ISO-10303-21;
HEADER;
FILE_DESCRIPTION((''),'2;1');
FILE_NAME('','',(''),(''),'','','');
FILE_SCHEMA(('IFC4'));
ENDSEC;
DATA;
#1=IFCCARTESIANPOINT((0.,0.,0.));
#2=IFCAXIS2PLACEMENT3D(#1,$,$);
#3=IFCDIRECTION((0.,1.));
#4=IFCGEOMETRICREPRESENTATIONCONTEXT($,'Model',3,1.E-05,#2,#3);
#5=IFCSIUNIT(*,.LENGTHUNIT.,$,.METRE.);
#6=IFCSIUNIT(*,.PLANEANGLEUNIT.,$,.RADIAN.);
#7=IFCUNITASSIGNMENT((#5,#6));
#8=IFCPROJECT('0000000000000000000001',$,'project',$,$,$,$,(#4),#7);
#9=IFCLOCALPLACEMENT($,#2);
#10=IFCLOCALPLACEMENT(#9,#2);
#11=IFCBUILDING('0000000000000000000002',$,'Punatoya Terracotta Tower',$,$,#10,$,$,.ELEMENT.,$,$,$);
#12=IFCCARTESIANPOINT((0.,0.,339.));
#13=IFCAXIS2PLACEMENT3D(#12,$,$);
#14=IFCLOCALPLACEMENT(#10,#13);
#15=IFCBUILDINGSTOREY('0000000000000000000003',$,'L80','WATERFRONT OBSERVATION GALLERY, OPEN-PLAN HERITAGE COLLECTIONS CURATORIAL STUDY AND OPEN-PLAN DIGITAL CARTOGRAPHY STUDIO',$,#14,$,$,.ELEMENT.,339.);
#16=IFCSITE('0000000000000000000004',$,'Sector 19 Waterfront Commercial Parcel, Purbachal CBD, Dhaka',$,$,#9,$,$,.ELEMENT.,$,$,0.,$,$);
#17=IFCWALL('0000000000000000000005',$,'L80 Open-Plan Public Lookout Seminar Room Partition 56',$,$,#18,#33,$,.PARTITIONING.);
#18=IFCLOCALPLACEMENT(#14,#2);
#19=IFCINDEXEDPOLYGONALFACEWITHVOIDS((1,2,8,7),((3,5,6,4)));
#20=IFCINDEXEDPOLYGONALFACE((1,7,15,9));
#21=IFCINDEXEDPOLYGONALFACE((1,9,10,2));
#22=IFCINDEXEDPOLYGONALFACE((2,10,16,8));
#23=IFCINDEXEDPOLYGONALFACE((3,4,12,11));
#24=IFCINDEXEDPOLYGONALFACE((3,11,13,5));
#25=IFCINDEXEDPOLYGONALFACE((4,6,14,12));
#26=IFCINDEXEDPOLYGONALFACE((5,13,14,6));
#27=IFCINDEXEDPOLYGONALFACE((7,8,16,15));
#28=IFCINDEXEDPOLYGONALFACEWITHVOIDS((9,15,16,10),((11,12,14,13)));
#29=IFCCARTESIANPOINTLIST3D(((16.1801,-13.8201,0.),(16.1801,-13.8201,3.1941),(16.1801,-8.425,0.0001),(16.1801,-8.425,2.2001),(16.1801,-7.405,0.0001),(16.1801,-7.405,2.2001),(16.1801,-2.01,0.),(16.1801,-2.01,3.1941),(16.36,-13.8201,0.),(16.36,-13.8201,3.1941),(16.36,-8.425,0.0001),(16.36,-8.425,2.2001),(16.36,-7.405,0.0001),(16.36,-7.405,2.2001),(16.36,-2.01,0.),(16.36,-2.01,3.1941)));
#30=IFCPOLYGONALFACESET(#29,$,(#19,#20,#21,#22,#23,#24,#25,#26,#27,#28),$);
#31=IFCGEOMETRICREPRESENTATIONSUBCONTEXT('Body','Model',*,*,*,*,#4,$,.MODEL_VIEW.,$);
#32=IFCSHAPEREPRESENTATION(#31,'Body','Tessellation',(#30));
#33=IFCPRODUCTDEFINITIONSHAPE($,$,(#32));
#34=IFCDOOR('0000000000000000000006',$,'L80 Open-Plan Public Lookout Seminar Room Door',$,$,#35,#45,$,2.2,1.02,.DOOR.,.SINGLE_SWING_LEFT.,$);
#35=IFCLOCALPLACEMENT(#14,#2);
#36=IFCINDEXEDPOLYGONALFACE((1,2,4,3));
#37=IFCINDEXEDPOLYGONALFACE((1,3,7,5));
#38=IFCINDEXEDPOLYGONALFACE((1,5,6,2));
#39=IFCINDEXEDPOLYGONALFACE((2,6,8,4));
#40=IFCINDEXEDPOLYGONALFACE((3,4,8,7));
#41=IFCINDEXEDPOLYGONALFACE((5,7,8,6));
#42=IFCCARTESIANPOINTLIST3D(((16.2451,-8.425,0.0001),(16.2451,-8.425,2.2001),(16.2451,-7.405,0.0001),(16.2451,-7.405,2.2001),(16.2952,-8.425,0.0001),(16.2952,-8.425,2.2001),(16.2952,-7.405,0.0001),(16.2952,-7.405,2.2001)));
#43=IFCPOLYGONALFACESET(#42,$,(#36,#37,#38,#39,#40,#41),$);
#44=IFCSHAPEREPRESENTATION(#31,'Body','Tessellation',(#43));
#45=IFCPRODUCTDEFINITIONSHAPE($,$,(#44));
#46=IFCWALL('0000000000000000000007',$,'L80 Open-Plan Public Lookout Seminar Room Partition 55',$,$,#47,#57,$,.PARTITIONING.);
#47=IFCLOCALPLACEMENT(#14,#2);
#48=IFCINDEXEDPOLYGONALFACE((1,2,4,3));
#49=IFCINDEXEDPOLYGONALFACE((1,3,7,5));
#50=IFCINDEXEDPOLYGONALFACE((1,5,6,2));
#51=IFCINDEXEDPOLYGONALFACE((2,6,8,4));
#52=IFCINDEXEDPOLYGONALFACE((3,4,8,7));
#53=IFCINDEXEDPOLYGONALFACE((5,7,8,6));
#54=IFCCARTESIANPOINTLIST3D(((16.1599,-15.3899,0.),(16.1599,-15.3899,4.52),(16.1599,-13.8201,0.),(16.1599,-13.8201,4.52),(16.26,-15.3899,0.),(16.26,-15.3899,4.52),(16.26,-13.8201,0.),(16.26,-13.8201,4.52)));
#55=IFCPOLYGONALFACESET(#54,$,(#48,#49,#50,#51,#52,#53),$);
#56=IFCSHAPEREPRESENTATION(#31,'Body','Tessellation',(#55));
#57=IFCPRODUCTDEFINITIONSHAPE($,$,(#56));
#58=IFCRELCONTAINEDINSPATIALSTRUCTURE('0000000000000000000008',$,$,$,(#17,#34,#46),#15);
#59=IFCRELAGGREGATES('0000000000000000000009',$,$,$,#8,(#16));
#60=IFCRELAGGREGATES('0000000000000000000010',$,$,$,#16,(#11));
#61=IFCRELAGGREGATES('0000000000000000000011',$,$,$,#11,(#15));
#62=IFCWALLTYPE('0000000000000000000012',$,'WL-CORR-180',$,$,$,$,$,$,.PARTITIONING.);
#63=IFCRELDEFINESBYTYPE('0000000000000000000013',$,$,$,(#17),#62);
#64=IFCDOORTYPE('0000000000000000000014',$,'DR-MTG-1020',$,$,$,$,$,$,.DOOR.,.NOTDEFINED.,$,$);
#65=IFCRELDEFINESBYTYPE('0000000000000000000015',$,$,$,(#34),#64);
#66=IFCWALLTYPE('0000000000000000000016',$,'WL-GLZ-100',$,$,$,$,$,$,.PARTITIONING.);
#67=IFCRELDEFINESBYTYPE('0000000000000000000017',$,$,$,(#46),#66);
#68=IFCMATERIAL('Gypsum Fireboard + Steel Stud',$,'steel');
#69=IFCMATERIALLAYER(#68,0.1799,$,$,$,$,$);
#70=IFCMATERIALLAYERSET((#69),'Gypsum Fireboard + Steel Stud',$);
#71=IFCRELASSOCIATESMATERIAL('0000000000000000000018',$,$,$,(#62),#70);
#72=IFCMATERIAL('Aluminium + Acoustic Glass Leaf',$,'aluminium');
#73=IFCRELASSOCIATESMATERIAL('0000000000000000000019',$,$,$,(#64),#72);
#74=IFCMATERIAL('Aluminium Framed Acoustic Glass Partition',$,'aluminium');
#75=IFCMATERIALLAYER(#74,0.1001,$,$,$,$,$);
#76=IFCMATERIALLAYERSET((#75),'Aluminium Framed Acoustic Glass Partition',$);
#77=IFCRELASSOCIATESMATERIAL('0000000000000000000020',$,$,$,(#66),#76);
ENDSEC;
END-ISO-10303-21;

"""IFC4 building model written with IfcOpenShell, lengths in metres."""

from ifc_helpers import new_model, si_unit, direction, frame, frame_2d, origin, place, context, subcontext, project, spatial, rectangle, extrude, material, layer, layer_set, type_object, element, fill, save


model = new_model("IFC4")

# Units and contexts
model_context = context("Model", 3, precision=1e-05, world=origin(), true_north=direction((0.0, 1.0)))
body_context = subcontext(model_context, "Body", "Model", "MODEL_VIEW")
ifc_project = project(units=[si_unit("LENGTHUNIT", "METRE"), si_unit("PLANEANGLEUNIT", "RADIAN")], contexts=[model_context])

# Site, building, storey
site_placement = place(None, origin())
site = spatial("IfcSite", under=ifc_project, at=site_placement, Name="Sector 19 Waterfront Commercial Parcel, Purbachal CBD, Dhaka", CompositionType="ELEMENT", RefElevation=0.0)
building_placement = place(site_placement, origin())
building = spatial("IfcBuilding", under=site, at=building_placement, Name="Punatoya Terracotta Tower", CompositionType="ELEMENT")
storey_placement = place(building_placement, frame((0.0, 0.0, 339.0)))
storey = spatial("IfcBuildingStorey", under=building, at=storey_placement, Name="L80", Description="WATERFRONT OBSERVATION GALLERY, OPEN-PLAN HERITAGE COLLECTIONS CURATORIAL STUDY AND OPEN-PLAN DIGITAL CARTOGRAPHY STUDIO", CompositionType="ELEMENT", Elevation=339.0)

# Wall, opening, door
ifc_material_1 = material(Name="Gypsum Fireboard + Steel Stud", Category="steel")
ifc_layer_1 = layer(ifc_material_1, 0.1799)
ifc_layer_set_1 = layer_set([ifc_layer_1], Name="Gypsum Fireboard + Steel Stud")
wall_type_1 = type_object("IfcWallType", Name="WL-CORR-180", PredefinedType="PARTITIONING", material=ifc_layer_set_1)
wall_1_placement = place(storey_placement, frame((16.27, -13.8201, 0.0), z_axis=(0.0, 0.0, 1.0), x_axis=(0.0, 1.0, 0.0)))
wall_1 = element("IfcWall", 1, at=wall_1_placement, inside=storey, type_object=wall_type_1, Name="L80 Open-Plan Public Lookout Seminar Room Partition 56", PredefinedType="PARTITIONING", context=body_context, shape_type="SweptSolid", body=[
    extrude(rectangle(XDim=11.8101, YDim=0.1799, at=frame_2d((5.905, 0.0))), origin(), (0.0, 0.0, 1.0), 3.1941),
])
opening_1_placement = place(wall_1_placement, frame((5.395, 0.0, 0.0)))
opening_1 = element("IfcOpeningElement", 2, at=opening_1_placement, cuts=wall_1, PredefinedType="OPENING", context=body_context, shape_type="SweptSolid", body=[
    extrude(rectangle(XDim=1.02, YDim=2.2, at=frame_2d((0.51, 1.1001))), frame((0.0, 0.0999, 0.0), z_axis=(0.0, -1.0, 0.0), x_axis=(1.0, 0.0, 0.0)), (0.0, 0.0, 1.0), 0.2),
])
ifc_material_2 = material(Name="Aluminium + Acoustic Glass Leaf", Category="aluminium")
door_type_1 = type_object("IfcDoorType", Name="DR-MTG-1020", OperationType="NOTDEFINED", PredefinedType="DOOR", material=ifc_material_2)
door_1_placement = place(opening_1_placement, origin())
door_1 = element("IfcDoor", 3, at=door_1_placement, inside=storey, type_object=door_type_1, Name="L80 Open-Plan Public Lookout Seminar Room Door", OperationType="SINGLE_SWING_LEFT", OverallHeight=2.2, OverallWidth=1.02, PredefinedType="DOOR", context=body_context, shape_type="SweptSolid", body=[
    extrude(rectangle(XDim=1.02, YDim=2.2, at=frame_2d((0.51, 1.1001))), frame((0.0, 0.0249, 0.0), z_axis=(0.0, -1.0, 0.0), x_axis=(1.0, 0.0, 0.0)), (0.0, 0.0, 1.0), 0.05),
])
fill(opening_1, door_1)

# Wall
ifc_material_3 = material(Name="Aluminium Framed Acoustic Glass Partition", Category="aluminium")
ifc_layer_2 = layer(ifc_material_3, 0.1001)
ifc_layer_set_2 = layer_set([ifc_layer_2], Name="Aluminium Framed Acoustic Glass Partition")
wall_type_2 = type_object("IfcWallType", Name="WL-GLZ-100", PredefinedType="PARTITIONING", material=ifc_layer_set_2)
wall_2_placement = place(storey_placement, frame((16.21, -15.3899, 0.0), z_axis=(0.0, 0.0, 1.0), x_axis=(0.0, 1.0, 0.0)))
element("IfcWall", 4, at=wall_2_placement, inside=storey, type_object=wall_type_2, Name="L80 Open-Plan Public Lookout Seminar Room Partition 55", PredefinedType="PARTITIONING", context=body_context, shape_type="SweptSolid", body=[
    extrude(rectangle(XDim=1.5698, YDim=0.1001, at=frame_2d((0.7849, 0.0))), origin(), (0.0, 0.0, 1.0), 4.52),
])

save(model, "model.ifc")
